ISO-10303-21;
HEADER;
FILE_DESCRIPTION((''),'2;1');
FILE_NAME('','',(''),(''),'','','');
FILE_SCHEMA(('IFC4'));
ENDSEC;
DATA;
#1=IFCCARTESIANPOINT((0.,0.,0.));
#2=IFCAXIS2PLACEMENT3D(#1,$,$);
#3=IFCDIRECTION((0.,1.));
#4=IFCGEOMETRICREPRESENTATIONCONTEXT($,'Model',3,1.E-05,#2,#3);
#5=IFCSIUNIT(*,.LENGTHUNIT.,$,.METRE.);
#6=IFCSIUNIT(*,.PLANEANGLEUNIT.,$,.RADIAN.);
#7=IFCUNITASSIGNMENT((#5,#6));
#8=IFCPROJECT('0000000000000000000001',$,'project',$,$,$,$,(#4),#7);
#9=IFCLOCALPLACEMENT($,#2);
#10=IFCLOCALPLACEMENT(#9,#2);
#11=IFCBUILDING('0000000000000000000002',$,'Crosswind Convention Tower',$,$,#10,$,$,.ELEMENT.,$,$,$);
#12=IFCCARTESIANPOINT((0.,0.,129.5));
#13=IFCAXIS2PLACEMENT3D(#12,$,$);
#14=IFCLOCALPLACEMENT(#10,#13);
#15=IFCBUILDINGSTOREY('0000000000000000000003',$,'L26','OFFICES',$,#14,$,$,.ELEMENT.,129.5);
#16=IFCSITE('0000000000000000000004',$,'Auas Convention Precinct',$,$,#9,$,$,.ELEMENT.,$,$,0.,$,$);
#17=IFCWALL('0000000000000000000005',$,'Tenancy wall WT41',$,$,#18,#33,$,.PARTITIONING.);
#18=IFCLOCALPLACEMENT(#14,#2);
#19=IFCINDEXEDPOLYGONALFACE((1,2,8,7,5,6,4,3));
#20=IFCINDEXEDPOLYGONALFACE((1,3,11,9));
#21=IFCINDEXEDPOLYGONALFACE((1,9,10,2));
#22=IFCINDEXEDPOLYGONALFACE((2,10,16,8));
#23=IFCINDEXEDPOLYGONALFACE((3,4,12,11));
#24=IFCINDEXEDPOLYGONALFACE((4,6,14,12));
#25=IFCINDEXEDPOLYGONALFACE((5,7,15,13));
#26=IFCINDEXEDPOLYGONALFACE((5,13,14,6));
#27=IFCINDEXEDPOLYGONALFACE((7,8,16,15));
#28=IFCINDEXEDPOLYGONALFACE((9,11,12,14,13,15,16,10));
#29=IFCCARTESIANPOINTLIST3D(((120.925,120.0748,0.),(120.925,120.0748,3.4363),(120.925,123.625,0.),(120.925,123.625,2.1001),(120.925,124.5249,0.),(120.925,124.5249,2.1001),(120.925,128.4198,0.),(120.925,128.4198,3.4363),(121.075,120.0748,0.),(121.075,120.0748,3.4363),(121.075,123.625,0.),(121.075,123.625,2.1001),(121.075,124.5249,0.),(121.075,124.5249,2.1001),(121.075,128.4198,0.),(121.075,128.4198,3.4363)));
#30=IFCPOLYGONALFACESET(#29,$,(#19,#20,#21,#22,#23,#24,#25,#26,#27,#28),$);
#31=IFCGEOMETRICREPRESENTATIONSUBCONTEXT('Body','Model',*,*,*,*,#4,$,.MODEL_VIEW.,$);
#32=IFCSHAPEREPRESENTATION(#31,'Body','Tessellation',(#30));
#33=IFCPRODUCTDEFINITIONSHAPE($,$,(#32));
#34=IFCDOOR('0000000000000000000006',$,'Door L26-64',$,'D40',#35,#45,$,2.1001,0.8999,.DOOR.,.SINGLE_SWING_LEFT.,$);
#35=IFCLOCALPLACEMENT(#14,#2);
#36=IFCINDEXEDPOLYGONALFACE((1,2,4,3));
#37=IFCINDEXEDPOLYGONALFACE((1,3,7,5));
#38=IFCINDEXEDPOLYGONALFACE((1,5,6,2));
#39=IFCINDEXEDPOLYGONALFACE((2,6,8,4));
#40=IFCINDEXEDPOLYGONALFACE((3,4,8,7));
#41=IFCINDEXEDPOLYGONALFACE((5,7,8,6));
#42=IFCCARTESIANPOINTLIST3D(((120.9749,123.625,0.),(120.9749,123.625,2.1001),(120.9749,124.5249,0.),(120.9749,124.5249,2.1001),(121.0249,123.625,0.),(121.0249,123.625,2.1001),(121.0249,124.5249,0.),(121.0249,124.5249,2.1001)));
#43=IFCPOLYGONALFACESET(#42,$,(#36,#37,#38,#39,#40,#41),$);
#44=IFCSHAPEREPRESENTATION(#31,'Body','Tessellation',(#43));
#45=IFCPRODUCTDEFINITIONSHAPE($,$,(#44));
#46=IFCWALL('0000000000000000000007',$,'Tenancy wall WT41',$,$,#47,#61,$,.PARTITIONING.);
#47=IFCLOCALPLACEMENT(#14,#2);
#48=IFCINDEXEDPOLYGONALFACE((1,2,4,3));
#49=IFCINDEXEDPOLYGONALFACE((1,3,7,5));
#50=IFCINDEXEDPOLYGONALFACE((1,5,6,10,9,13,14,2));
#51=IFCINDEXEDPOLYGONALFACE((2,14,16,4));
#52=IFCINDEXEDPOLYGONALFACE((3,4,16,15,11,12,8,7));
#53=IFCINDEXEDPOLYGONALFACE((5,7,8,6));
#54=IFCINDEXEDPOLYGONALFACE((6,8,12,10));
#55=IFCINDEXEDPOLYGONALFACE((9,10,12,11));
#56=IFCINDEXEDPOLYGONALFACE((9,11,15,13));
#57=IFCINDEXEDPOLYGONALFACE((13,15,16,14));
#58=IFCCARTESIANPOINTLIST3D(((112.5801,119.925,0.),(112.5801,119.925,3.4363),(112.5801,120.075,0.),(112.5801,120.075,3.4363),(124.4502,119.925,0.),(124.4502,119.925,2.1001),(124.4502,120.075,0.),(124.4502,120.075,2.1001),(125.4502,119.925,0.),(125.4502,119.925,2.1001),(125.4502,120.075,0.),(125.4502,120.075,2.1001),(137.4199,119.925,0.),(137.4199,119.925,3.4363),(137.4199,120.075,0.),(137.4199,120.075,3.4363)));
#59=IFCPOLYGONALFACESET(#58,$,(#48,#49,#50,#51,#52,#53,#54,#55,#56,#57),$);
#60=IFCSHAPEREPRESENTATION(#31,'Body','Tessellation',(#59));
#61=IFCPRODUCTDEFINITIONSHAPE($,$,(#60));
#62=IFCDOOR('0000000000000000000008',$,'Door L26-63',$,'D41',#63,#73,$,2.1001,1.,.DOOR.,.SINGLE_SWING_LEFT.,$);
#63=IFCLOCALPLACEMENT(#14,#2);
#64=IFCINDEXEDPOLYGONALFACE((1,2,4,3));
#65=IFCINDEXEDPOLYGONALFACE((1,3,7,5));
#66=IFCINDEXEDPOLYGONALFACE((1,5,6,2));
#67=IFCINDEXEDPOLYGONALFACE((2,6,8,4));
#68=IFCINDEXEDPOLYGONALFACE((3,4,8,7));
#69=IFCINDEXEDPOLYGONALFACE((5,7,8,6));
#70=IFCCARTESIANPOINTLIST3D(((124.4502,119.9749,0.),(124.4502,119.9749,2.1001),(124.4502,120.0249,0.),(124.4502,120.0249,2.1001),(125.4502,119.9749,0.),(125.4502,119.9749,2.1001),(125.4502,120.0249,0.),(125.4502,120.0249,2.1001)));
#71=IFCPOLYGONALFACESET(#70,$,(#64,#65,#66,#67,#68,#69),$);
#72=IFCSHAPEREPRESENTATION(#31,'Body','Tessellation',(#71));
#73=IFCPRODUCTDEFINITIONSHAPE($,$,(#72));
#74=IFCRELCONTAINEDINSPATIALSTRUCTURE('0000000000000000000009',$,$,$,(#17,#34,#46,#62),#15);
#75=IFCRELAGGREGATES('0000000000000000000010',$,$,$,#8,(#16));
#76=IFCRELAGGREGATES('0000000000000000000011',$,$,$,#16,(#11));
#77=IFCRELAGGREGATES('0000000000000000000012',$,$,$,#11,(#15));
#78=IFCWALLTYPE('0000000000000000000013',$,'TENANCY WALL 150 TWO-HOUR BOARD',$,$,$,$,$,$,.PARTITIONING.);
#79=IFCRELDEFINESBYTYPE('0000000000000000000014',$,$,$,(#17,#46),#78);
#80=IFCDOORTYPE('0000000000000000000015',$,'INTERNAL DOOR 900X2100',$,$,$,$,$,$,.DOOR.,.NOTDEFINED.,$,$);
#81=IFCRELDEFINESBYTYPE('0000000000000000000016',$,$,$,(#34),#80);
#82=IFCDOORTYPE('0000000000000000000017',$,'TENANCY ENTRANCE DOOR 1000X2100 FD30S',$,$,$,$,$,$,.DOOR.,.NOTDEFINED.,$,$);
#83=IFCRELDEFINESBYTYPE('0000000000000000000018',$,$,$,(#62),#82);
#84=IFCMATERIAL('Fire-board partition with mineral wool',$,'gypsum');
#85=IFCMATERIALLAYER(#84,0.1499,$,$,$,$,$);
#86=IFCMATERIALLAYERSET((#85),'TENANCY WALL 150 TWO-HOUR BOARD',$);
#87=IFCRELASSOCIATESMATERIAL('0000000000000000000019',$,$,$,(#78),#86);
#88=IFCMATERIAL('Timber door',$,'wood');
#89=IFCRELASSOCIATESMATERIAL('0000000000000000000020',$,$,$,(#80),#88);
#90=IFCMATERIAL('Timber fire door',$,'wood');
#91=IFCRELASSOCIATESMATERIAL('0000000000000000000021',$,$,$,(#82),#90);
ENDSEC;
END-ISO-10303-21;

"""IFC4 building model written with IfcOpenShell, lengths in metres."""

from ifc_helpers import new_model, si_unit, direction, frame, frame_2d, origin, place, context, subcontext, project, spatial, rectangle, extrude, material, layer, layer_set, type_object, element, fill, save


model = new_model("IFC4")

# Units and contexts
model_context = context("Model", 3, precision=1e-05, world=origin(), true_north=direction((0.0, 1.0)))
body_context = subcontext(model_context, "Body", "Model", "MODEL_VIEW")
ifc_project = project(units=[si_unit("LENGTHUNIT", "METRE"), si_unit("PLANEANGLEUNIT", "RADIAN")], contexts=[model_context])

# Site, building, storey
site_placement = place(None, origin())
site = spatial("IfcSite", under=ifc_project, at=site_placement, Name="Auas Convention Precinct", CompositionType="ELEMENT", RefElevation=0.0)
building_placement = place(site_placement, origin())
building = spatial("IfcBuilding", under=site, at=building_placement, Name="Crosswind Convention Tower", CompositionType="ELEMENT")
storey_placement = place(building_placement, frame((0.0, 0.0, 129.5)))
storey = spatial("IfcBuildingStorey", under=building, at=storey_placement, Name="L26", Description="OFFICES", CompositionType="ELEMENT", Elevation=129.5)

# Walls, openings, doors
ifc_material_1 = material(Name="Fire-board partition with mineral wool", Category="gypsum")
ifc_layer_1 = layer(ifc_material_1, 0.1499)
ifc_layer_set_1 = layer_set([ifc_layer_1], Name="TENANCY WALL 150 TWO-HOUR BOARD")
wall_type = type_object("IfcWallType", Name="TENANCY WALL 150 TWO-HOUR BOARD", PredefinedType="PARTITIONING", material=ifc_layer_set_1)
wall_1_placement = place(storey_placement, frame((121.0, 120.075, 0.0), z_axis=(0.0, 0.0, 1.0), x_axis=(0.0, 1.0, 0.0)))
wall_1 = element("IfcWall", 1, at=wall_1_placement, inside=storey, type_object=wall_type, Name="Tenancy wall WT41", PredefinedType="PARTITIONING", context=body_context, shape_type="SweptSolid", body=[
    extrude(rectangle(XDim=8.345, YDim=0.1499, at=frame_2d((4.1724, 0.0))), origin(), (0.0, 0.0, 1.0), 3.4363),
])
opening_1_placement = place(wall_1_placement, frame((3.55, 0.0, 0.0)))
opening_1 = element("IfcOpeningElement", 2, at=opening_1_placement, cuts=wall_1, PredefinedType="OPENING", context=body_context, shape_type="SweptSolid", body=[
    extrude(rectangle(XDim=0.8999, YDim=2.1001, at=frame_2d((0.45, 1.05))), frame((0.0, 0.085, 0.0), z_axis=(0.0, -1.0, 0.0), x_axis=(1.0, 0.0, 0.0)), (0.0, 0.0, 1.0), 0.1699),
])
ifc_material_2 = material(Name="Timber door", Category="wood")
door_type_1 = type_object("IfcDoorType", Name="INTERNAL DOOR 900X2100", OperationType="NOTDEFINED", PredefinedType="DOOR", material=ifc_material_2)
door_1_placement = place(opening_1_placement, frame((0.8999, 0.0, 0.0), z_axis=(0.0, 0.0, 1.0), x_axis=(-1.0, 0.0, 0.0)))
door_1 = element("IfcDoor", 3, at=door_1_placement, inside=storey, type_object=door_type_1, Name="Door L26-64", ObjectType="D40", OperationType="SINGLE_SWING_LEFT", OverallHeight=2.1001, OverallWidth=0.8999, PredefinedType="DOOR", context=body_context, shape_type="SweptSolid", body=[
    extrude(rectangle(XDim=0.8999, YDim=2.1001, at=frame_2d((0.45, 1.05))), frame((0.0, 0.0249, 0.0), z_axis=(0.0, -1.0, 0.0), x_axis=(1.0, 0.0, 0.0)), (0.0, 0.0, 1.0), 0.05),
])
fill(opening_1, door_1)
wall_2_placement = place(storey_placement, frame((112.5801, 120.0, 0.0), z_axis=(0.0, 0.0, 1.0), x_axis=(1.0, 0.0, 0.0)))
wall_2 = element("IfcWall", 4, at=wall_2_placement, inside=storey, type_object=wall_type, Name="Tenancy wall WT41", PredefinedType="PARTITIONING", context=body_context, shape_type="SweptSolid", body=[
    extrude(rectangle(XDim=24.8398, YDim=0.1499, at=frame_2d((12.4199, 0.0))), origin(), (0.0, 0.0, 1.0), 3.4363),
])
opening_2_placement = place(wall_2_placement, frame((11.8701, 0.0, 0.0)))
opening_2 = element("IfcOpeningElement", 5, at=opening_2_placement, cuts=wall_2, PredefinedType="OPENING", context=body_context, shape_type="SweptSolid", body=[
    extrude(rectangle(XDim=1.0, YDim=2.1001, at=frame_2d((0.5, 1.05))), frame((0.0, 0.085, 0.0), z_axis=(0.0, -1.0, 0.0), x_axis=(1.0, 0.0, 0.0)), (0.0, 0.0, 1.0), 0.1699),
])
ifc_material_3 = material(Name="Timber fire door", Category="wood")
door_type_2 = type_object("IfcDoorType", Name="TENANCY ENTRANCE DOOR 1000X2100 FD30S", OperationType="NOTDEFINED", PredefinedType="DOOR", material=ifc_material_3)
door_2_placement = place(opening_2_placement, origin())
door_2 = element("IfcDoor", 6, at=door_2_placement, inside=storey, type_object=door_type_2, Name="Door L26-63", ObjectType="D41", OperationType="SINGLE_SWING_LEFT", OverallHeight=2.1001, OverallWidth=1.0, PredefinedType="DOOR", context=body_context, shape_type="SweptSolid", body=[
    extrude(rectangle(XDim=1.0, YDim=2.1001, at=frame_2d((0.5, 1.05))), frame((0.0, 0.0249, 0.0), z_axis=(0.0, -1.0, 0.0), x_axis=(1.0, 0.0, 0.0)), (0.0, 0.0, 1.0), 0.05),
])
fill(opening_2, door_2)

save(model, "model.ifc")
